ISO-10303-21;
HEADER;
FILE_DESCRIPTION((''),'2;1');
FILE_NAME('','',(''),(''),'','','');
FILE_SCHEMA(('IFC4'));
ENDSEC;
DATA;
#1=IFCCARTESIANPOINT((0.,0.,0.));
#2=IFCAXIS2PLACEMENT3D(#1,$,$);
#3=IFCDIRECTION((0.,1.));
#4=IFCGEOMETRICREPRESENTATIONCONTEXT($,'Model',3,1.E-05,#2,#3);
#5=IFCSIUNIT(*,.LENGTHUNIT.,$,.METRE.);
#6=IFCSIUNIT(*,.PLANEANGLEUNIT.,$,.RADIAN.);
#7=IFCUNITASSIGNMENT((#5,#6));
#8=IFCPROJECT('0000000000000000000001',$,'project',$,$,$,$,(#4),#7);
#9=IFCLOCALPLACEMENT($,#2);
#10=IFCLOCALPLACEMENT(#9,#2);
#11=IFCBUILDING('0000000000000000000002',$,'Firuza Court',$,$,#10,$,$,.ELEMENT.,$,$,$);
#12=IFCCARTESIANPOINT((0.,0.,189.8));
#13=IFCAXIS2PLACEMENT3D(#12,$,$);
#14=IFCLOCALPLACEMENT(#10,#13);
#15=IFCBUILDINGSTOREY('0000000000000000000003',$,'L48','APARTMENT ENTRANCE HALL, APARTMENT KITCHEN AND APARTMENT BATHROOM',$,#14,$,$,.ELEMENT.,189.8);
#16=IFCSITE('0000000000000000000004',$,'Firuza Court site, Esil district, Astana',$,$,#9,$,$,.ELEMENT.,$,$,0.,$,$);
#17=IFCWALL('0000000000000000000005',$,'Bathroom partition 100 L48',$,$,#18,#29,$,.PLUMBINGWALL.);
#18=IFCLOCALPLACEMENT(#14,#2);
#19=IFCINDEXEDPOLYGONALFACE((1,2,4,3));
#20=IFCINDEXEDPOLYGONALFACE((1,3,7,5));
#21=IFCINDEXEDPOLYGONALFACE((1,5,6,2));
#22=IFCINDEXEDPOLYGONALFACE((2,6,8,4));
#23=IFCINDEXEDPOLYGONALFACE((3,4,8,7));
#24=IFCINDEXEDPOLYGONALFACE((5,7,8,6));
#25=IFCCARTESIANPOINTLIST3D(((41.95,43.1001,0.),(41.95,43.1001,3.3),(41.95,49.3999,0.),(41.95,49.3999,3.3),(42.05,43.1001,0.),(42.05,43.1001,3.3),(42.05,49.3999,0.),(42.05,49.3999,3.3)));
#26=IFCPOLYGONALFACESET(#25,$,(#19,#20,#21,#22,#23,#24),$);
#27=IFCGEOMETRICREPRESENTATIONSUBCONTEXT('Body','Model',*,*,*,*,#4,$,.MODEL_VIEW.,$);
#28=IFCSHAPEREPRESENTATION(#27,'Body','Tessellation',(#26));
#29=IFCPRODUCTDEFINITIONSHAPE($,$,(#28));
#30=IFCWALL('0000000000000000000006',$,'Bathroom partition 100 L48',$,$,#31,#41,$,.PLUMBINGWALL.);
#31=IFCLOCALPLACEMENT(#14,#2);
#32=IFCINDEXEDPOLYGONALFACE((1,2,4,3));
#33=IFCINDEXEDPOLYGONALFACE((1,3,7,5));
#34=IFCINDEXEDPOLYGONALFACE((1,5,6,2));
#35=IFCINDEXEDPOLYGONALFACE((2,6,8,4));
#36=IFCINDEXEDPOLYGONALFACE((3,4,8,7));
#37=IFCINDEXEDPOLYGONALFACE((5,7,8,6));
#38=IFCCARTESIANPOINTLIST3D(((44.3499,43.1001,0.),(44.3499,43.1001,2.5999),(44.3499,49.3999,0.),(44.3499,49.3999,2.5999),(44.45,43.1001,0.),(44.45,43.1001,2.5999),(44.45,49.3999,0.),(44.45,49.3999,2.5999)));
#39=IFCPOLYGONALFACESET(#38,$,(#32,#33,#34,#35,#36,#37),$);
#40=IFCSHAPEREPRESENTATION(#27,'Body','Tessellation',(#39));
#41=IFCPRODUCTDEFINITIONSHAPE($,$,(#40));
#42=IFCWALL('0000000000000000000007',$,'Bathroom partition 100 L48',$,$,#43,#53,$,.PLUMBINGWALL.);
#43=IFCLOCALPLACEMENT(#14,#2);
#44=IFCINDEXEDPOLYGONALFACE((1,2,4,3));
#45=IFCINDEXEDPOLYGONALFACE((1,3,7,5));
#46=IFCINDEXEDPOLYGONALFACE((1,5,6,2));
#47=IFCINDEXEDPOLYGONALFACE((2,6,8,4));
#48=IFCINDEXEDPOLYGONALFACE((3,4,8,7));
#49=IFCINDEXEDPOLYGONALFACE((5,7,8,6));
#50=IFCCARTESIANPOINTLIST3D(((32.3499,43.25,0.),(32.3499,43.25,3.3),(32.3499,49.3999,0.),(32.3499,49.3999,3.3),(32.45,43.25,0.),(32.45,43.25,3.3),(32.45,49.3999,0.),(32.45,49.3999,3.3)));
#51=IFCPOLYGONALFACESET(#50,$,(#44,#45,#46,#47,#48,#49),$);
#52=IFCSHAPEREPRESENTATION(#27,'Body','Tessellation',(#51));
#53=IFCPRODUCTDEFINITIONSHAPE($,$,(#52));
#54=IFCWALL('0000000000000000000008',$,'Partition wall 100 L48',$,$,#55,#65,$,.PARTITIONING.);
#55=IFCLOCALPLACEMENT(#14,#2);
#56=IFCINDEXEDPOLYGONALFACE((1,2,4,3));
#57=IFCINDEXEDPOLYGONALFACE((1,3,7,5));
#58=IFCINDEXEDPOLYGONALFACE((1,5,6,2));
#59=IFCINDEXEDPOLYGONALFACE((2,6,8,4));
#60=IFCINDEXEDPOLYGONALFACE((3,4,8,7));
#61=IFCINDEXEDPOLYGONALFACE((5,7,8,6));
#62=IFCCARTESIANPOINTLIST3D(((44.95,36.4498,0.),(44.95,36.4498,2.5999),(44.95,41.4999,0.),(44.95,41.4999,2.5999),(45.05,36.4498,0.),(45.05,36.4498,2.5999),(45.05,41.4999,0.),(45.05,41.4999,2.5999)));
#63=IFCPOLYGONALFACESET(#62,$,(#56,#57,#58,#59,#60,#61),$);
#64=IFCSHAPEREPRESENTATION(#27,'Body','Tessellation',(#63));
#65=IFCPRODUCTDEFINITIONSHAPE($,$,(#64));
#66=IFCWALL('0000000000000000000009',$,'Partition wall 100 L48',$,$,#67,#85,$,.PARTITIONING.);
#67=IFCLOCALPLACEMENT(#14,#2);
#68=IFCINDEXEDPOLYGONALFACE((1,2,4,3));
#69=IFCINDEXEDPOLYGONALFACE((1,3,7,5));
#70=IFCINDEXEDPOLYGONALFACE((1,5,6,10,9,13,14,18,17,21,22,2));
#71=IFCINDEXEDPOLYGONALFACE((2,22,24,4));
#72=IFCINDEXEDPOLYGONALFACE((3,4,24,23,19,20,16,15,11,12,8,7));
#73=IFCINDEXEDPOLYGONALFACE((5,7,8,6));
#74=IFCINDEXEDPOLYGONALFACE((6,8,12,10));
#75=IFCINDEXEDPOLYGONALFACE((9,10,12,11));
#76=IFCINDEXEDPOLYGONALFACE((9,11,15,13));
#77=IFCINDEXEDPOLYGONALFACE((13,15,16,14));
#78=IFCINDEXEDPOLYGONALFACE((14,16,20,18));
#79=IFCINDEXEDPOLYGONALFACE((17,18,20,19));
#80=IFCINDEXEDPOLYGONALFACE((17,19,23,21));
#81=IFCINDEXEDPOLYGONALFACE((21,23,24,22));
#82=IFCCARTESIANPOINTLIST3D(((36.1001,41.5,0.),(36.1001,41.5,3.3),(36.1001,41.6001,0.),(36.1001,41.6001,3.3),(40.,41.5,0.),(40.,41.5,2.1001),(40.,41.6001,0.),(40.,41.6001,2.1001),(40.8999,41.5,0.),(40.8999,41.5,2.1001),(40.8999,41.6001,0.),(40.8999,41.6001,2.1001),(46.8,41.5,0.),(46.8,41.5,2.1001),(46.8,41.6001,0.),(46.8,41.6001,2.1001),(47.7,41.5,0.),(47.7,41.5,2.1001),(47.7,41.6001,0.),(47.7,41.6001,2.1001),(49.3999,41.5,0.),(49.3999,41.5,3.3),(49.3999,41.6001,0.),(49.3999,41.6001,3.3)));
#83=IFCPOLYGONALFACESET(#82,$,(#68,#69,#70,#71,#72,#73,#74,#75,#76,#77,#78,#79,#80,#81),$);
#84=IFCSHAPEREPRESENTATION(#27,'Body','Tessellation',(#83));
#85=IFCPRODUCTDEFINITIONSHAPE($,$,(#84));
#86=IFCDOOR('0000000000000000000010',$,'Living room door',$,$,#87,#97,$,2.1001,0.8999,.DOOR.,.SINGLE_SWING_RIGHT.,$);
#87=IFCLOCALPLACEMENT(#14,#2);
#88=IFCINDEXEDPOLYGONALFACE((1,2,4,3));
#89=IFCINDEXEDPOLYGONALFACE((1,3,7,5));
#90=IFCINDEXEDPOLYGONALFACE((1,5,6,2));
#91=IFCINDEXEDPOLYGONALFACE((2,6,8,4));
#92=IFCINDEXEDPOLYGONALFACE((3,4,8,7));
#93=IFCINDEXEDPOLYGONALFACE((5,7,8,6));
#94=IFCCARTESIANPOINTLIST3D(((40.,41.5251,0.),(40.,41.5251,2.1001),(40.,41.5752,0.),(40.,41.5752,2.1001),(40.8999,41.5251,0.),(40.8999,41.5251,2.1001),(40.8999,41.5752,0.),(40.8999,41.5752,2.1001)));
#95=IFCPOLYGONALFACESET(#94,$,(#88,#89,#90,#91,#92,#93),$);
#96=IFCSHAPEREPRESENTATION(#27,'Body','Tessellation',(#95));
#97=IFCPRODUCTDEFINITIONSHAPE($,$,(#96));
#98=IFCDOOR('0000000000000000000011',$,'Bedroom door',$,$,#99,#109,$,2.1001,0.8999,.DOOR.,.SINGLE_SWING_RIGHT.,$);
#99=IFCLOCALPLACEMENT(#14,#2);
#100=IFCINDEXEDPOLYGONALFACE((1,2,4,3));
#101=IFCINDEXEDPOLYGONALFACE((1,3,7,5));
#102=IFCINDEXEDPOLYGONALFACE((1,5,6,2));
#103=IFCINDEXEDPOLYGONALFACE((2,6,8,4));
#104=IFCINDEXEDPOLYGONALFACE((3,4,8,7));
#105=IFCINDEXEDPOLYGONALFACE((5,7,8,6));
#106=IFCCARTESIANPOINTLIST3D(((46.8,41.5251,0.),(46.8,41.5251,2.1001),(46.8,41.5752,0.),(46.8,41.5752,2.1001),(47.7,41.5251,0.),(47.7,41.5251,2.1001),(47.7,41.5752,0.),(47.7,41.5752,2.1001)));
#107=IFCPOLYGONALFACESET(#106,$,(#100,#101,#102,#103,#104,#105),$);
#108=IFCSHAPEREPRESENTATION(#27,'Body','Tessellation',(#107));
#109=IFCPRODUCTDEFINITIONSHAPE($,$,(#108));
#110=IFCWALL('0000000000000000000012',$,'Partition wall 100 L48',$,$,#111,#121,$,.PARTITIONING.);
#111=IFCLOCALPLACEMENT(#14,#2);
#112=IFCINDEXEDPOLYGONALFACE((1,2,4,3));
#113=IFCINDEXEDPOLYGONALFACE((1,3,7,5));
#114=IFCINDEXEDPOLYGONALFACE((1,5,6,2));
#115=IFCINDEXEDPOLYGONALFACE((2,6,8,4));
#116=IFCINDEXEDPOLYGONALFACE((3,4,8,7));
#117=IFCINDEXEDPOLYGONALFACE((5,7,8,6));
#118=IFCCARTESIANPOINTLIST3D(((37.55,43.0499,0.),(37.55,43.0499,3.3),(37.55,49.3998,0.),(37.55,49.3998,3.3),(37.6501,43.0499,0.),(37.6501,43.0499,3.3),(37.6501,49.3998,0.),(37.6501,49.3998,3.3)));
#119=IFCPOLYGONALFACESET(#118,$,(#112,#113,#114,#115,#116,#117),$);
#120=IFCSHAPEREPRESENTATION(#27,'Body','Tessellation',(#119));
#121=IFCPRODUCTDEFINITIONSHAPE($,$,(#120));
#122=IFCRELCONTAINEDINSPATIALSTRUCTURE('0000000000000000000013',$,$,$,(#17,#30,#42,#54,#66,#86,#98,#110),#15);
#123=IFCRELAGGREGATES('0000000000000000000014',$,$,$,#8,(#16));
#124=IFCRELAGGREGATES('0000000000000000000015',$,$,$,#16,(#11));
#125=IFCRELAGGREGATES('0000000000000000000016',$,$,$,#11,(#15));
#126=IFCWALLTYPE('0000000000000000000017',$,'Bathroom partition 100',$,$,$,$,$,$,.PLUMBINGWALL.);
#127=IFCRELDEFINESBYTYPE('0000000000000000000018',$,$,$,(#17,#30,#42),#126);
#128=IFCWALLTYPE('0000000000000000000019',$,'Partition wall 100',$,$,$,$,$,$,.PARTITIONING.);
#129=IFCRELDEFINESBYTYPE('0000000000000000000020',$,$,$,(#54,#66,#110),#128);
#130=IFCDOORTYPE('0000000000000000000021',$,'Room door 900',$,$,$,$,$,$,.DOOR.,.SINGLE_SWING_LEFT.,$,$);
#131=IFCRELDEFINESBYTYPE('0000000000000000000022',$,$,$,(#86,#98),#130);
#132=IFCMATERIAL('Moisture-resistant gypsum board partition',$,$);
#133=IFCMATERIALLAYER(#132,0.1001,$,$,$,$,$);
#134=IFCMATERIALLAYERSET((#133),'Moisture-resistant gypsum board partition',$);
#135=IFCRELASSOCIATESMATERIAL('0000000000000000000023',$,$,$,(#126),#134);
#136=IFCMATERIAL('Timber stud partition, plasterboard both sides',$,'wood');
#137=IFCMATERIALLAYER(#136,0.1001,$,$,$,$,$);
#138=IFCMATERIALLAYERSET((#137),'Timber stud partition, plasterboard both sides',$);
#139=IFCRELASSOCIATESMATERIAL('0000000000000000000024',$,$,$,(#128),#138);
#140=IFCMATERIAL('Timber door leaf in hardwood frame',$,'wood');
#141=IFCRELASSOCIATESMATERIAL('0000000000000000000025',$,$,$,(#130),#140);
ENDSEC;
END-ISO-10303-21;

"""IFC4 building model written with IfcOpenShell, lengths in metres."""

from ifc_helpers import new_model, si_unit, direction, frame, frame_2d, origin, place, context, subcontext, project, spatial, rectangle, extrude, material, layer, layer_set, type_object, element, fill, save


model = new_model("IFC4")

# Units and contexts
model_context = context("Model", 3, precision=1e-05, world=origin(), true_north=direction((0.0, 1.0)))
body_context = subcontext(model_context, "Body", "Model", "MODEL_VIEW")
ifc_project = project(units=[si_unit("LENGTHUNIT", "METRE"), si_unit("PLANEANGLEUNIT", "RADIAN")], contexts=[model_context])

# Site, building, storey
site_placement = place(None, origin())
site = spatial("IfcSite", under=ifc_project, at=site_placement, Name="Firuza Court site, Esil district, Astana", CompositionType="ELEMENT", RefElevation=0.0)
building_placement = place(site_placement, origin())
building = spatial("IfcBuilding", under=site, at=building_placement, Name="Firuza Court", CompositionType="ELEMENT")
storey_placement = place(building_placement, frame((0.0, 0.0, 189.8)))
storey = spatial("IfcBuildingStorey", under=building, at=storey_placement, Name="L48", Description="APARTMENT ENTRANCE HALL, APARTMENT KITCHEN AND APARTMENT BATHROOM", CompositionType="ELEMENT", Elevation=189.8)

# Walls
ifc_material_1 = material(Name="Moisture-resistant gypsum board partition")
ifc_layer_1 = layer(ifc_material_1, 0.1001)
ifc_layer_set_1 = layer_set([ifc_layer_1], Name="Moisture-resistant gypsum board partition")
wall_type_1 = type_object("IfcWallType", Name="Bathroom partition 100", PredefinedType="PLUMBINGWALL", material=ifc_layer_set_1)
wall_1_placement = place(storey_placement, frame((42.0, 43.1001, 0.0), z_axis=(0.0, 0.0, 1.0), x_axis=(0.0, 1.0, 0.0)))
element("IfcWall", 1, at=wall_1_placement, inside=storey, type_object=wall_type_1, Name="Bathroom partition 100 L48", PredefinedType="PLUMBINGWALL", context=body_context, shape_type="SweptSolid", body=[
    extrude(rectangle(XDim=6.2998, YDim=0.1001, at=frame_2d((3.1499, 0.0))), origin(), (0.0, 0.0, 1.0), 3.3),
])
wall_2_placement = place(storey_placement, frame((44.3999, 43.1001, 0.0), z_axis=(0.0, 0.0, 1.0), x_axis=(0.0, 1.0, 0.0)))
element("IfcWall", 2, at=wall_2_placement, inside=storey, type_object=wall_type_1, Name="Bathroom partition 100 L48", PredefinedType="PLUMBINGWALL", context=body_context, shape_type="SweptSolid", body=[
    extrude(rectangle(XDim=6.2998, YDim=0.1001, at=frame_2d((3.1499, 0.0))), origin(), (0.0, 0.0, 1.0), 2.5999),
])
wall_3_placement = place(storey_placement, frame((32.3999, 43.25, 0.0), z_axis=(0.0, 0.0, 1.0), x_axis=(0.0, 1.0, 0.0)))
element("IfcWall", 3, at=wall_3_placement, inside=storey, type_object=wall_type_1, Name="Bathroom partition 100 L48", PredefinedType="PLUMBINGWALL", context=body_context, shape_type="SweptSolid", body=[
    extrude(rectangle(XDim=6.1499, YDim=0.1001, at=frame_2d((3.075, 0.0))), origin(), (0.0, 0.0, 1.0), 3.3),
])
ifc_material_2 = material(Name="Timber stud partition, plasterboard both sides", Category="wood")
ifc_layer_2 = layer(ifc_material_2, 0.1001)
ifc_layer_set_2 = layer_set([ifc_layer_2], Name="Timber stud partition, plasterboard both sides")
wall_type_2 = type_object("IfcWallType", Name="Partition wall 100", PredefinedType="PARTITIONING", material=ifc_layer_set_2)
wall_4_placement = place(storey_placement, frame((45.0, 36.45, 0.0), z_axis=(0.0, 0.0, 1.0), x_axis=(0.0, 1.0, 0.0)))
element("IfcWall", 4, at=wall_4_placement, inside=storey, type_object=wall_type_2, Name="Partition wall 100 L48", PredefinedType="PARTITIONING", context=body_context, shape_type="SweptSolid", body=[
    extrude(rectangle(XDim=5.05, YDim=0.1001, at=frame_2d((2.5249, 0.0))), origin(), (0.0, 0.0, 1.0), 2.5999),
])

# Wall, openings, doors
wall_5_placement = place(storey_placement, frame((36.1001, 41.55, 0.0), z_axis=(0.0, 0.0, 1.0), x_axis=(1.0, 0.0, 0.0)))
wall_5 = element("IfcWall", 5, at=wall_5_placement, inside=storey, type_object=wall_type_2, Name="Partition wall 100 L48", PredefinedType="PARTITIONING", context=body_context, shape_type="SweptSolid", body=[
    extrude(rectangle(XDim=13.2998, YDim=0.1001, at=frame_2d((6.6499, 0.0))), origin(), (0.0, 0.0, 1.0), 3.3),
])
opening_1_placement = place(wall_5_placement, frame((3.8999, 0.0, 0.0)))
opening_1 = element("IfcOpeningElement", 6, at=opening_1_placement, cuts=wall_5, PredefinedType="OPENING", context=body_context, shape_type="SweptSolid", body=[
    extrude(rectangle(XDim=0.8999, YDim=2.1001, at=frame_2d((0.45, 1.05))), frame((0.0, 0.062, 0.0), z_axis=(0.0, -1.0, 0.0), x_axis=(1.0, 0.0, 0.0)), (0.0, 0.0, 1.0), 0.124),
])
opening_2_placement = place(wall_5_placement, frame((10.7, 0.0, 0.0)))
opening_2 = element("IfcOpeningElement", 7, at=opening_2_placement, cuts=wall_5, PredefinedType="OPENING", context=body_context, shape_type="SweptSolid", body=[
    extrude(rectangle(XDim=0.8999, YDim=2.1001, at=frame_2d((0.45, 1.05))), frame((0.0, 0.062, 0.0), z_axis=(0.0, -1.0, 0.0), x_axis=(1.0, 0.0, 0.0)), (0.0, 0.0, 1.0), 0.124),
])
ifc_material_3 = material(Name="Timber door leaf in hardwood frame", Category="wood")
door_type_1 = type_object("IfcDoorType", Name="Room door 900", OperationType="SINGLE_SWING_LEFT", PredefinedType="DOOR", material=ifc_material_3)
door_1_placement = place(opening_1_placement, frame((0.8999, 0.0, 0.0), z_axis=(0.0, 0.0, 1.0), x_axis=(-1.0, 0.0, 0.0)))
door_1 = element("IfcDoor", 8, at=door_1_placement, inside=storey, type_object=door_type_1, Name="Living room door", OperationType="SINGLE_SWING_RIGHT", OverallHeight=2.1001, OverallWidth=0.8999, PredefinedType="DOOR", context=body_context, shape_type="SweptSolid", body=[
    extrude(rectangle(XDim=0.8999, YDim=2.1001, at=frame_2d((0.45, 1.05))), frame((0.0, 0.0249, 0.0), z_axis=(0.0, -1.0, 0.0), x_axis=(1.0, 0.0, 0.0)), (0.0, 0.0, 1.0), 0.05),
])
fill(opening_1, door_1)
door_2_placement = place(opening_2_placement, frame((0.8999, 0.0, 0.0), z_axis=(0.0, 0.0, 1.0), x_axis=(-1.0, 0.0, 0.0)))
door_2 = element("IfcDoor", 9, at=door_2_placement, inside=storey, type_object=door_type_1, Name="Bedroom door", OperationType="SINGLE_SWING_RIGHT", OverallHeight=2.1001, OverallWidth=0.8999, PredefinedType="DOOR", context=body_context, shape_type="SweptSolid", body=[
    extrude(rectangle(XDim=0.8999, YDim=2.1001, at=frame_2d((0.45, 1.05))), frame((0.0, 0.0249, 0.0), z_axis=(0.0, -1.0, 0.0), x_axis=(1.0, 0.0, 0.0)), (0.0, 0.0, 1.0), 0.05),
])
fill(opening_2, door_2)

# Wall
wall_6_placement = place(storey_placement, frame((37.6001, 43.05, 0.0), z_axis=(0.0, 0.0, 1.0), x_axis=(0.0, 1.0, 0.0)))
element("IfcWall", 10, at=wall_6_placement, inside=storey, type_object=wall_type_2, Name="Partition wall 100 L48", PredefinedType="PARTITIONING", context=body_context, shape_type="SweptSolid", body=[
    extrude(rectangle(XDim=6.3499, YDim=0.1001, at=frame_2d((3.1748, 0.0))), origin(), (0.0, 0.0, 1.0), 3.3),
])

save(model, "model.ifc")
